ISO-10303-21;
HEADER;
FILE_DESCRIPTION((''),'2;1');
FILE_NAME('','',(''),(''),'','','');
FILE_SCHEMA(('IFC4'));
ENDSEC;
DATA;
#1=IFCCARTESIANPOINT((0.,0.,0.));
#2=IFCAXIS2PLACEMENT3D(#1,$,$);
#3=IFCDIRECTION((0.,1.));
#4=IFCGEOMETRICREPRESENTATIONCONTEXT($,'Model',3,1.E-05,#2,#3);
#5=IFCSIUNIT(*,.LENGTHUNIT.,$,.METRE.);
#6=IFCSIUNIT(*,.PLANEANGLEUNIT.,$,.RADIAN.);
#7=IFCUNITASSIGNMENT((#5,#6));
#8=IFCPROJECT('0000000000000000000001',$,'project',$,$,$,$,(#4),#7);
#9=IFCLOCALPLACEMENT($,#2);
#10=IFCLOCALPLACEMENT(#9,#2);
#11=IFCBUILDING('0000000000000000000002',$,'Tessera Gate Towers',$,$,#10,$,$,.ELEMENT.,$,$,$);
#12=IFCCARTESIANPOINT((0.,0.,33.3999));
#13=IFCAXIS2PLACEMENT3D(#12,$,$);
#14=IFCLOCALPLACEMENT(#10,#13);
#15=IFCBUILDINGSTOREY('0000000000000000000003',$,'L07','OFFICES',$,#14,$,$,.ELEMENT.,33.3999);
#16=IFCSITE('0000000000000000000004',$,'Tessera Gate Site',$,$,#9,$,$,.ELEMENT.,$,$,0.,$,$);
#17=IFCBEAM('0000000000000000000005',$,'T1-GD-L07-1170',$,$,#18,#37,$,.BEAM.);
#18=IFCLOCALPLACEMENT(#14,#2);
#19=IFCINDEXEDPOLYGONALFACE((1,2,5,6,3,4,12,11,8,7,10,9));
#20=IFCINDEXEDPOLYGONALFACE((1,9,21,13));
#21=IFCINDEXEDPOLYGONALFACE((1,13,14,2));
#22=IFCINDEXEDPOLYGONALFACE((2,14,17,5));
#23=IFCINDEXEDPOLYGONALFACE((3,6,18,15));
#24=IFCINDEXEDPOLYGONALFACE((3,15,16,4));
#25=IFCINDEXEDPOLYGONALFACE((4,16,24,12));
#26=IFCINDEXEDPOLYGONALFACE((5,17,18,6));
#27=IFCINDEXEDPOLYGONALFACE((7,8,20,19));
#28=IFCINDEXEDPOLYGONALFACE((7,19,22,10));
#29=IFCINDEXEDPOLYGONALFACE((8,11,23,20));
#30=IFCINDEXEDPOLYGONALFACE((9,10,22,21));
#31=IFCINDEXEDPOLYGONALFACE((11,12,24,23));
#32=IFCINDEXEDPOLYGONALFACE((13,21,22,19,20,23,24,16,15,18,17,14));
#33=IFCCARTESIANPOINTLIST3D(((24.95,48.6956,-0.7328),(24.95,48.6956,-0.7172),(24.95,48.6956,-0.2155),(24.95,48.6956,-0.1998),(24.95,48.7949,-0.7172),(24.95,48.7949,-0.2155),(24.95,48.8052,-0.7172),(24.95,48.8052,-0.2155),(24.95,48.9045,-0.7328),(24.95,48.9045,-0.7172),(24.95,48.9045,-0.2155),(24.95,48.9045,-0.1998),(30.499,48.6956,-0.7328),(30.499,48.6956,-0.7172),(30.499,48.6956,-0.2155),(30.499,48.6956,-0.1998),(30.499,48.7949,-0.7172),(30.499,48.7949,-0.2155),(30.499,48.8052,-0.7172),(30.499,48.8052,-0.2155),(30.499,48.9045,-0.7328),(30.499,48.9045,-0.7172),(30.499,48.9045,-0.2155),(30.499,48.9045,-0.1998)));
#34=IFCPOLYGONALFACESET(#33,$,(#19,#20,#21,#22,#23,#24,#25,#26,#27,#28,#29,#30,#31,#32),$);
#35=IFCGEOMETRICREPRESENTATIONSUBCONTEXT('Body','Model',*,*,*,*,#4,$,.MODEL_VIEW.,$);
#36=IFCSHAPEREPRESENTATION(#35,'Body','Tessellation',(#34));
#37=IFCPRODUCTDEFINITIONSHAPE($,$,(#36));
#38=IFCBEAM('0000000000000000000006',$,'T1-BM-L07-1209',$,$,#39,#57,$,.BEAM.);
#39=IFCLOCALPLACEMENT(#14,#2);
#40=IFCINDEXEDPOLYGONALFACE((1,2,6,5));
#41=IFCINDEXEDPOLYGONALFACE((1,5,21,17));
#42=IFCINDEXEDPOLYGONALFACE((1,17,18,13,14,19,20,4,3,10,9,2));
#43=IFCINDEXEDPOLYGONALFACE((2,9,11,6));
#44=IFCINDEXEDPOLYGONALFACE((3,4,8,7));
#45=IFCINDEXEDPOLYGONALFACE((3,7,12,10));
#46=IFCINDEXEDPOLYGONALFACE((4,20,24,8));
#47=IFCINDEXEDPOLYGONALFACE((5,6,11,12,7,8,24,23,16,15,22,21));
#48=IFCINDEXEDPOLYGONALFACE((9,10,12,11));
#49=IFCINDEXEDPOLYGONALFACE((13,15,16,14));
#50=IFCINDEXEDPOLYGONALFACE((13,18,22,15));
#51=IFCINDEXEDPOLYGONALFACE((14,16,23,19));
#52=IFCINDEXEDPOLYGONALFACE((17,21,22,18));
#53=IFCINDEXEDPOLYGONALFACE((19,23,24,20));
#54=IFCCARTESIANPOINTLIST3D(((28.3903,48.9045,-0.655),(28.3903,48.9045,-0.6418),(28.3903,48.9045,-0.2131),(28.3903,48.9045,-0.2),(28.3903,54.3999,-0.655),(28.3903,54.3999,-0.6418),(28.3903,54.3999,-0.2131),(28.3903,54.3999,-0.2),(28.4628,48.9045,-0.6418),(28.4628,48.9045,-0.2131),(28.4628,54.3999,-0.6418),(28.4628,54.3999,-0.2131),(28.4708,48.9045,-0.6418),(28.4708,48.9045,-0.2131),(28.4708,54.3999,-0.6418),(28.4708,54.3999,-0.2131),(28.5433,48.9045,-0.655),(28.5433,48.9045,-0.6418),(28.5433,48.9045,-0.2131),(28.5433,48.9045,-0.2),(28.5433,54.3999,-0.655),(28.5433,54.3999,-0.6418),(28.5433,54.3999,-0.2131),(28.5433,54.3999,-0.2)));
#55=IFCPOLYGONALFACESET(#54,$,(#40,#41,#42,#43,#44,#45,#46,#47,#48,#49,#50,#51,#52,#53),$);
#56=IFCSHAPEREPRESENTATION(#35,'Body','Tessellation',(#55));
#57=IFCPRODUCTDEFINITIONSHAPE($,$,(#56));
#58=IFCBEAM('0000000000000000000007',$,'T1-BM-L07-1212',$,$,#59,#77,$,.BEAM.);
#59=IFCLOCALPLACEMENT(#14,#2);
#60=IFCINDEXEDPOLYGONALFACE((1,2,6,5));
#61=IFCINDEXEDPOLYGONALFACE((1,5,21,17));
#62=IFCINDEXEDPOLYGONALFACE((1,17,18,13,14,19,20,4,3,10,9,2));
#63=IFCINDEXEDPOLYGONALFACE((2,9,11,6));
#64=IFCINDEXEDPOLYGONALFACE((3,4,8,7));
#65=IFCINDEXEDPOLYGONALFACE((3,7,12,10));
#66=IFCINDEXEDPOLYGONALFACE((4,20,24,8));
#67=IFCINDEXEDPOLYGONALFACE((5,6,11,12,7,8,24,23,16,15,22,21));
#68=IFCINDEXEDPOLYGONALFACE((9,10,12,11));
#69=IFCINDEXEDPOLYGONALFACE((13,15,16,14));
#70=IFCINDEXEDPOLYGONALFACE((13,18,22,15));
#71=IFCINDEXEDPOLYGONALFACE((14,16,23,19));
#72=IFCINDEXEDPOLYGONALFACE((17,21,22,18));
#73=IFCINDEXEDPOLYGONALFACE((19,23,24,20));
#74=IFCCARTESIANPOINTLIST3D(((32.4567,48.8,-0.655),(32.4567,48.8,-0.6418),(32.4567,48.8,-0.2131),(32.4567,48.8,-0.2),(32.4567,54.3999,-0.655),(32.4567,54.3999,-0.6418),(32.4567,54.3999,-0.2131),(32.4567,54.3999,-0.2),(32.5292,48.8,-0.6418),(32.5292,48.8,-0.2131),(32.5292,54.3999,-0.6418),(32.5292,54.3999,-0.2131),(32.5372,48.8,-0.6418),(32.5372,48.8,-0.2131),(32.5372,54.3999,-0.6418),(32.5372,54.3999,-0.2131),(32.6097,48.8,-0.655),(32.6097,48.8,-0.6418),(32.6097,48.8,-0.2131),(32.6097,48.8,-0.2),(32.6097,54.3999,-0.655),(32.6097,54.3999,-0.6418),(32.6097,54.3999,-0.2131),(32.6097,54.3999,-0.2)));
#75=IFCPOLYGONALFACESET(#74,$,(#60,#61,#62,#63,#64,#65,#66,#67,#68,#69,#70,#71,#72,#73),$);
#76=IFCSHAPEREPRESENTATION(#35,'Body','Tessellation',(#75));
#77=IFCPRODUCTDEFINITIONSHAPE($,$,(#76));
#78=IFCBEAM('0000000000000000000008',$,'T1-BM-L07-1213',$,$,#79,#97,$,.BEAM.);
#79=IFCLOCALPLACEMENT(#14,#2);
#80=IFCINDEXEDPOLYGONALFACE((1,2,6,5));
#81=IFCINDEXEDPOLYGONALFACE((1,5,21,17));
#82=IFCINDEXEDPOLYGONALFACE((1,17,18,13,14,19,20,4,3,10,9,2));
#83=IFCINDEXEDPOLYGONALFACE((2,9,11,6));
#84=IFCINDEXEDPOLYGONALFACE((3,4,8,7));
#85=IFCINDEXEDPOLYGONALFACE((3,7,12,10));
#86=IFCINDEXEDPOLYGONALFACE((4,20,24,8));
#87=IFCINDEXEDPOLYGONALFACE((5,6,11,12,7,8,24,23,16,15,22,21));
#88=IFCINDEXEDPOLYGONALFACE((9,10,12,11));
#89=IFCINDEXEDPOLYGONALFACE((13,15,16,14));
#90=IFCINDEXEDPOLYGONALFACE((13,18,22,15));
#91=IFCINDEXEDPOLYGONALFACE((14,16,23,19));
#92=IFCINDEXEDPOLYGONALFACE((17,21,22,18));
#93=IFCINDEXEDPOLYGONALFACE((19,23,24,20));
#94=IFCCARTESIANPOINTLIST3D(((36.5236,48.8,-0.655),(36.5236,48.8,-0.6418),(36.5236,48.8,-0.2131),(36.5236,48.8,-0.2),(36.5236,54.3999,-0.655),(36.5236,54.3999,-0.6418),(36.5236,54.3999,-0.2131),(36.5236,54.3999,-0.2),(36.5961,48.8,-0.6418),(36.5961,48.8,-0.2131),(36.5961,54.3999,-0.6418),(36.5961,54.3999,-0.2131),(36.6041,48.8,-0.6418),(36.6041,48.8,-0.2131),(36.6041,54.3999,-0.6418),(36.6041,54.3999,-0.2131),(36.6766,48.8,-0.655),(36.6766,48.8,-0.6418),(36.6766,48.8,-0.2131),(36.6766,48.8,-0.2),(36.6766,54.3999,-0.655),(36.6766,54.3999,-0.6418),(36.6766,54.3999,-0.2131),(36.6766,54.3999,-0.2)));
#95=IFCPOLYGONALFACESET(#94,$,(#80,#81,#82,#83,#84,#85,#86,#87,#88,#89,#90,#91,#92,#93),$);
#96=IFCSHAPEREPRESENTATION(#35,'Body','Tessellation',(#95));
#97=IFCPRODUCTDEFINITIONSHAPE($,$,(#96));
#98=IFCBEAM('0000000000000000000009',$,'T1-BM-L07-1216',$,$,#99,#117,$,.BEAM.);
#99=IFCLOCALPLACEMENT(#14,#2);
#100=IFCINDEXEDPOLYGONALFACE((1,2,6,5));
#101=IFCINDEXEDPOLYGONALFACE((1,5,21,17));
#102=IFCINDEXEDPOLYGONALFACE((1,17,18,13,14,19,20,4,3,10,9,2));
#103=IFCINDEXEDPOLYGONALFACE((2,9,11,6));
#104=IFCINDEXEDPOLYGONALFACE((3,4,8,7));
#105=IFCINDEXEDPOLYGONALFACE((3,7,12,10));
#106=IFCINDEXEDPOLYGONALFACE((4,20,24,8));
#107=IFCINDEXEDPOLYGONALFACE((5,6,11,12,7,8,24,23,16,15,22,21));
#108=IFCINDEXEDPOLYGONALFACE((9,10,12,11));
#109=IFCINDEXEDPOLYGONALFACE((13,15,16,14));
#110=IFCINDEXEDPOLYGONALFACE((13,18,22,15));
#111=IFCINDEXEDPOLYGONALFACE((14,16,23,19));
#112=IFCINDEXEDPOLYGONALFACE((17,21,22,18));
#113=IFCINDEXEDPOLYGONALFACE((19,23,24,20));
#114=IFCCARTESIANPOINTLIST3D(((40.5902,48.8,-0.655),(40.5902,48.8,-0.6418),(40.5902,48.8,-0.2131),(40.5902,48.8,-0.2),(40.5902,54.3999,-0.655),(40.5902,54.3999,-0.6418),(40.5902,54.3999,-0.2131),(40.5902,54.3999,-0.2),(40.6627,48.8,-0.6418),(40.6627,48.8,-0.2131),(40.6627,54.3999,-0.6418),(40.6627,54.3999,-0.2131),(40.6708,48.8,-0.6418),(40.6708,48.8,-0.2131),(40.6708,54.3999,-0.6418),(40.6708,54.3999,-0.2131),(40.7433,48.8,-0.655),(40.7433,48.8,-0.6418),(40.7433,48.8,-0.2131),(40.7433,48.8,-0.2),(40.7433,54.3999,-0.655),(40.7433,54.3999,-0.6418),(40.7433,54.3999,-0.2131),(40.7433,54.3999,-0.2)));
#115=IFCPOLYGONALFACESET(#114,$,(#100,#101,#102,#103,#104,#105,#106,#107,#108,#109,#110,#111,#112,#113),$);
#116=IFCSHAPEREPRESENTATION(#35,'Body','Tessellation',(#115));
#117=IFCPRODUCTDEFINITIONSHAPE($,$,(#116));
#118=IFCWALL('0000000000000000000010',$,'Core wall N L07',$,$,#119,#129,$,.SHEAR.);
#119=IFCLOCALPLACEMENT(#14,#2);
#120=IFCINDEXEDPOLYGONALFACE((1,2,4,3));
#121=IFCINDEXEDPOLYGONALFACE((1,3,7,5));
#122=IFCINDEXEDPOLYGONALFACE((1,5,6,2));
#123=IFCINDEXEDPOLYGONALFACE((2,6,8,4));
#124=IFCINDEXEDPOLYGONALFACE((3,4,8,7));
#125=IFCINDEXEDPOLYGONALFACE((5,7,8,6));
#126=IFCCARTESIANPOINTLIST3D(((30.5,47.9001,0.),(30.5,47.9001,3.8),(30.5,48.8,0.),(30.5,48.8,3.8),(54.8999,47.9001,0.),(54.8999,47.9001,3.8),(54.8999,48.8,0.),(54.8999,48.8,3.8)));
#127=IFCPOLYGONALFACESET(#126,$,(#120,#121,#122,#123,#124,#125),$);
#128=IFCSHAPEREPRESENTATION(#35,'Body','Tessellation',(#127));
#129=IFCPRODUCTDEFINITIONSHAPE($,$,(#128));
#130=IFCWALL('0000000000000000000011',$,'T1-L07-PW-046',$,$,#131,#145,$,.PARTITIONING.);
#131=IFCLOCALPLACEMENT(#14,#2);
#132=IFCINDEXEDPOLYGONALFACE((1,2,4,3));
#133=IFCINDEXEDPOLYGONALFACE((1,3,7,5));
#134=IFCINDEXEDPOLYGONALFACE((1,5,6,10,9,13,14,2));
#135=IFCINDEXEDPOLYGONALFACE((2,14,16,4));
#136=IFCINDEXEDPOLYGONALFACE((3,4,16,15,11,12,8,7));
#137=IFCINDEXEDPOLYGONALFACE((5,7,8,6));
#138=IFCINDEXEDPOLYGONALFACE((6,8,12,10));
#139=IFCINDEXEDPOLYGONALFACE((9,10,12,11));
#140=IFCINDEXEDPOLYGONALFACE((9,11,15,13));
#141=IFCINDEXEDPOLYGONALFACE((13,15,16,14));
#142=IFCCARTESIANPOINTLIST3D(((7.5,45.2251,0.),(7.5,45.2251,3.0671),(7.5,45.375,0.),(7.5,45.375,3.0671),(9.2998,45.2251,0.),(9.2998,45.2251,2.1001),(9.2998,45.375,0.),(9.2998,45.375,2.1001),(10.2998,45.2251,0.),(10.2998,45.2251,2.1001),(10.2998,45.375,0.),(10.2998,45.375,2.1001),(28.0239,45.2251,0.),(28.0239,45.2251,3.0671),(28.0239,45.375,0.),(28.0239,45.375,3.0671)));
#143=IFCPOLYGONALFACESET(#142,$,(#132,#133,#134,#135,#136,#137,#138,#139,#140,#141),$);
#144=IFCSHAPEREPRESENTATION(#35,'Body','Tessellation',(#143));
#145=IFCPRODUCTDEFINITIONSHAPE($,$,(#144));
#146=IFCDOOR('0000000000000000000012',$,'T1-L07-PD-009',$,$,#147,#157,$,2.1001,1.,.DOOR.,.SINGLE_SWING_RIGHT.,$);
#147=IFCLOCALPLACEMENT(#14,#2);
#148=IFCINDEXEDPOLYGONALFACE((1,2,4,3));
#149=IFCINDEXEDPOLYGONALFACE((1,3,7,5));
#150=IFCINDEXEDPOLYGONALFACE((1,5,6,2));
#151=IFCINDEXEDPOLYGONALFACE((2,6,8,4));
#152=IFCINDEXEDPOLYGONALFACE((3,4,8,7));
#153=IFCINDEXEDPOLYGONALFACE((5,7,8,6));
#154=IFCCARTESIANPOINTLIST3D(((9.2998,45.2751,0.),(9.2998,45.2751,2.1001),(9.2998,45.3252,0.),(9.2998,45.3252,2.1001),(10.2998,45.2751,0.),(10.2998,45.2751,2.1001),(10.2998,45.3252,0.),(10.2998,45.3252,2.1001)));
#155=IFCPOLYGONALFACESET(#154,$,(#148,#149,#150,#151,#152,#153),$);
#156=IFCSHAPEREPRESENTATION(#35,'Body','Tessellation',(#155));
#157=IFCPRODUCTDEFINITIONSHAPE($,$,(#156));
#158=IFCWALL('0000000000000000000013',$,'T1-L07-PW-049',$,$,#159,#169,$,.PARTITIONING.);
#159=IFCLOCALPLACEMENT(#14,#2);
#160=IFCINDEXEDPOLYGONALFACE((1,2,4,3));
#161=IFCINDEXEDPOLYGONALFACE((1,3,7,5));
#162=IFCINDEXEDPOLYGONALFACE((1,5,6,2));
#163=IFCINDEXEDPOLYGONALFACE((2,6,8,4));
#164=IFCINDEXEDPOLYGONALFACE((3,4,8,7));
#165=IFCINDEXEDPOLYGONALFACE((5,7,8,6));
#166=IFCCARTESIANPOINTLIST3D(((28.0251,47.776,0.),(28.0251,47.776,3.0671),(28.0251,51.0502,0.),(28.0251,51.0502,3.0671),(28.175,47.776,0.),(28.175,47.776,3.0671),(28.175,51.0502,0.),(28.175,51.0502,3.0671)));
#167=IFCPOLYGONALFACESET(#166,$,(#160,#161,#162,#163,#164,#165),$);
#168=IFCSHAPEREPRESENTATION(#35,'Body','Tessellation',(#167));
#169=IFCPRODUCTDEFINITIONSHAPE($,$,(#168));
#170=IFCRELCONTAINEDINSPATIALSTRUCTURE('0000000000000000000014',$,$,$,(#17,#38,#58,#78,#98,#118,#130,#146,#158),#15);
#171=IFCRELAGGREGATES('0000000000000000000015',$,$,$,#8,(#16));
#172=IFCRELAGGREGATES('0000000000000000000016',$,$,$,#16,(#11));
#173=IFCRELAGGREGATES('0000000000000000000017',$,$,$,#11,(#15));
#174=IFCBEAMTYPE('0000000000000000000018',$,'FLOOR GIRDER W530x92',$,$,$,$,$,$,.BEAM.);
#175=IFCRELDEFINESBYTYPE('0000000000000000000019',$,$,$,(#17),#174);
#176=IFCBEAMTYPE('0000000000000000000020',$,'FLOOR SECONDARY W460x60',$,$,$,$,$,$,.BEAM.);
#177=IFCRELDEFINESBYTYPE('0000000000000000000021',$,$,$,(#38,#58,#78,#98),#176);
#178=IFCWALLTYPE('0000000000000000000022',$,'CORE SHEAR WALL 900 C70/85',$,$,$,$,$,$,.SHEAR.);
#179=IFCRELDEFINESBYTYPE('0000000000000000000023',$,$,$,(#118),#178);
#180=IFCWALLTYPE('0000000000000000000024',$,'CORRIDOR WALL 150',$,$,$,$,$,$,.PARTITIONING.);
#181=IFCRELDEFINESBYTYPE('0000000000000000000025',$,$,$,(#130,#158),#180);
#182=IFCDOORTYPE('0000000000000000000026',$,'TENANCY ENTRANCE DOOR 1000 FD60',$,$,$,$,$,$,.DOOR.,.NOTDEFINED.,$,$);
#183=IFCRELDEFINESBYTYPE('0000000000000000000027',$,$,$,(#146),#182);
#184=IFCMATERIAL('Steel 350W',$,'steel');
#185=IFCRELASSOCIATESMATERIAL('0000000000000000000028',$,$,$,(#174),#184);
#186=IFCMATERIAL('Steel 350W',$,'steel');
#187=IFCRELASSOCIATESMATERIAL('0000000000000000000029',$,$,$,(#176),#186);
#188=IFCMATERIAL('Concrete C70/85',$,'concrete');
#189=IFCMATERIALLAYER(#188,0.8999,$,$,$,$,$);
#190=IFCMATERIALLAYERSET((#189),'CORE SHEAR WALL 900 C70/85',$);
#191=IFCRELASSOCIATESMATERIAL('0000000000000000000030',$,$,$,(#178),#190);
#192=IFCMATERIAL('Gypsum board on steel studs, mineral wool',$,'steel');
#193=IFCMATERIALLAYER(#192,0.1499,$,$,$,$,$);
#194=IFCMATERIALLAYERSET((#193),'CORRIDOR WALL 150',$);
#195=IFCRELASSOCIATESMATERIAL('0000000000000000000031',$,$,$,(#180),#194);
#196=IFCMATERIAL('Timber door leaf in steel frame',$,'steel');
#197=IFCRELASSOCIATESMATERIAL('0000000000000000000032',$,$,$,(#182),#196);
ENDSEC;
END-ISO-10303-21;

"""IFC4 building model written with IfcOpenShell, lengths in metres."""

from ifc_helpers import new_model, si_unit, direction, frame, frame_2d, origin, origin_2d, place, context, subcontext, project, spatial, rectangle, i_section, extrude, source, transform, mapped, material, layer, layer_set, material_profile, profile_set, type_object, element, fill, save


model = new_model("IFC4")

# Units and contexts
model_context = context("Model", 3, precision=1e-05, world=origin(), true_north=direction((0.0, 1.0)))
body_context = subcontext(model_context, "Body", "Model", "MODEL_VIEW")
ifc_project = project(units=[si_unit("LENGTHUNIT", "METRE"), si_unit("PLANEANGLEUNIT", "RADIAN")], contexts=[model_context])

# Site, building, storey
site_placement = place(None, origin())
site = spatial("IfcSite", under=ifc_project, at=site_placement, Name="Tessera Gate Site", CompositionType="ELEMENT", RefElevation=0.0)
building_placement = place(site_placement, origin())
building = spatial("IfcBuilding", under=site, at=building_placement, Name="Tessera Gate Towers", CompositionType="ELEMENT")
storey_placement = place(building_placement, frame((0.0, 0.0, 33.3999)))
storey = spatial("IfcBuildingStorey", under=building, at=storey_placement, Name="L07", Description="OFFICES", CompositionType="ELEMENT", Elevation=33.3999)

# Beams
ifc_material_1 = material(Name="Steel 350W", Category="steel")
ifc_material_profile_1 = material_profile(ifc_material_1, i_section(OverallWidth=0.209, OverallDepth=0.533, WebThickness=0.0103, FlangeThickness=0.0156, at=origin_2d()), Name="W530x92")
ifc_profile_set_1 = profile_set([ifc_material_profile_1], Name="Steel 350W")
beam_type_1 = type_object("IfcBeamType", Name="FLOOR GIRDER W530x92", PredefinedType="BEAM", material=ifc_profile_set_1)
beam_1_placement = place(storey_placement, frame((24.95, 48.8, -0.4663), z_axis=(1.0, 0.0, 0.0), x_axis=(0.0, 1.0, 0.0)))
element("IfcBeam", 1, at=beam_1_placement, inside=storey, type_object=beam_type_1, Name="T1-GD-L07-1170", PredefinedType="BEAM", context=body_context, shape_type="SweptSolid", body=[
    extrude(i_section(OverallWidth=0.209, OverallDepth=0.533, WebThickness=0.0103, FlangeThickness=0.0156, at=origin_2d()), origin(), (0.0, 0.0, 1.0), 5.5491),
])
ifc_material_2 = material(Name="Steel 350W", Category="steel")
ifc_material_profile_2 = material_profile(ifc_material_2, i_section(OverallWidth=0.1531, OverallDepth=0.4551, WebThickness=0.0081, FlangeThickness=0.0132, at=origin_2d()), Name="W460x60")
ifc_profile_set_2 = profile_set([ifc_material_profile_2], Name="Steel 350W")
beam_type_2 = type_object("IfcBeamType", Name="FLOOR SECONDARY W460x60", PredefinedType="BEAM", material=ifc_profile_set_2)
beam_2_placement = place(storey_placement, frame((28.4668, 48.9045, -0.4275), z_axis=(0.0, 1.0, 0.0), x_axis=(-1.0, 0.0, 0.0)))
element("IfcBeam", 2, at=beam_2_placement, inside=storey, type_object=beam_type_2, Name="T1-BM-L07-1209", PredefinedType="BEAM", context=body_context, shape_type="SweptSolid", body=[
    extrude(i_section(OverallWidth=0.1531, OverallDepth=0.4551, WebThickness=0.0081, FlangeThickness=0.0132, at=origin_2d()), origin(), (0.0, 0.0, 1.0), 5.4954),
])
for number, where, z_axis, x_axis, name in (
    (3, (32.5332, 48.8, -0.4275), (0.0, 1.0, 0.0), (-1.0, 0.0, 0.0), "T1-BM-L07-1212"),
    (4, (36.6001, 48.8, -0.4275), (0.0, 1.0, 0.0), (-1.0, 0.0, 0.0), "T1-BM-L07-1213"),
    (5, (40.6667, 48.8, -0.4275), (0.0, 1.0, 0.0), (-1.0, 0.0, 0.0), "T1-BM-L07-1216"),
):
    element("IfcBeam", number, at=place(storey_placement, frame(where, z_axis=z_axis, x_axis=x_axis)), inside=storey, type_object=beam_type_2, Name=name, PredefinedType="BEAM", context=body_context, shape_type="SweptSolid", body=[
        extrude(i_section(OverallWidth=0.1531, OverallDepth=0.4551, WebThickness=0.0081, FlangeThickness=0.0132, at=origin_2d()), origin(), (0.0, 0.0, 1.0), 5.5999),
    ])

# Wall
ifc_material_3 = material(Name="Concrete C70/85", Category="concrete")
ifc_layer_1 = layer(ifc_material_3, 0.8999)
ifc_layer_set_1 = layer_set([ifc_layer_1], Name="CORE SHEAR WALL 900 C70/85")
wall_type_1 = type_object("IfcWallType", Name="CORE SHEAR WALL 900 C70/85", PredefinedType="SHEAR", material=ifc_layer_set_1)
wall_1_placement = place(storey_placement, frame((30.5, 48.3501, 0.0), z_axis=(0.0, 0.0, 1.0), x_axis=(1.0, 0.0, 0.0)))
element("IfcWall", 6, at=wall_1_placement, inside=storey, type_object=wall_type_1, Name="Core wall N L07", PredefinedType="SHEAR", context=body_context, shape_type="SweptSolid", body=[
    extrude(rectangle(XDim=24.3999, YDim=0.8999, at=frame_2d((12.2, 0.0))), origin(), (0.0, 0.0, 1.0), 3.8),
])

# Wall, opening, door
ifc_material_4 = material(Name="Gypsum board on steel studs, mineral wool", Category="steel")
ifc_layer_2 = layer(ifc_material_4, 0.1499)
ifc_layer_set_2 = layer_set([ifc_layer_2], Name="CORRIDOR WALL 150")
wall_type_2 = type_object("IfcWallType", Name="CORRIDOR WALL 150", PredefinedType="PARTITIONING", material=ifc_layer_set_2)
wall_2_placement = place(storey_placement, frame((28.0239, 45.3, 0.0), z_axis=(0.0, 0.0, 1.0), x_axis=(-1.0, 0.0, 0.0)))
wall_2 = element("IfcWall", 7, at=wall_2_placement, inside=storey, type_object=wall_type_2, Name="T1-L07-PW-046", PredefinedType="PARTITIONING", context=body_context, shape_type="SweptSolid", body=[
    extrude(rectangle(XDim=20.5239, YDim=0.1499, at=frame_2d((10.262, 0.0))), origin(), (0.0, 0.0, 1.0), 3.0671),
])
shared_shape_1 = source(origin(), body_context, "Body", "SweptSolid", [
    extrude(rectangle(XDim=1.0, YDim=2.1001, at=frame_2d((0.5, 1.05))), frame((0.0, 0.085, 0.0), z_axis=(0.0, -1.0, 0.0), x_axis=(1.0, 0.0, 0.0)), (0.0, 0.0, 1.0), 0.1699),
])
opening_1_placement = place(wall_2_placement, frame((17.7241, 0.0, 0.0)))
opening_1 = element("IfcOpeningElement", 8, at=opening_1_placement, cuts=wall_2, PredefinedType="OPENING", context=body_context, shape_type="MappedRepresentation", body=[
    mapped(shared_shape_1, transform((0.0, 0.0, 0.0), scale=1.0)),
])
ifc_material_5 = material(Name="Timber door leaf in steel frame", Category="steel")
door_type_1 = type_object("IfcDoorType", Name="TENANCY ENTRANCE DOOR 1000 FD60", OperationType="NOTDEFINED", PredefinedType="DOOR", material=ifc_material_5)
shared_shape_2 = source(origin(), body_context, "Body", "SweptSolid", [
    extrude(rectangle(XDim=1.0, YDim=2.1001, at=frame_2d((0.5, 1.05))), frame((0.0, 0.0249, 0.0), z_axis=(0.0, -1.0, 0.0), x_axis=(1.0, 0.0, 0.0)), (0.0, 0.0, 1.0), 0.05),
])
door_1_placement = place(opening_1_placement, origin())
door_1 = element("IfcDoor", 9, at=door_1_placement, inside=storey, type_object=door_type_1, Name="T1-L07-PD-009", OperationType="SINGLE_SWING_RIGHT", OverallHeight=2.1001, OverallWidth=1.0, PredefinedType="DOOR", context=body_context, shape_type="MappedRepresentation", body=[
    mapped(shared_shape_2, transform((0.0, 0.0, 0.0), scale=1.0)),
])
fill(opening_1, door_1)

# Wall
wall_3_placement = place(storey_placement, frame((28.1001, 47.7759, 0.0), z_axis=(0.0, 0.0, 1.0), x_axis=(0.0, 1.0, 0.0)))
element("IfcWall", 10, at=wall_3_placement, inside=storey, type_object=wall_type_2, Name="T1-L07-PW-049", PredefinedType="PARTITIONING", context=body_context, shape_type="SweptSolid", body=[
    extrude(rectangle(XDim=3.2742, YDim=0.1499, at=frame_2d((1.6372, 0.0))), origin(), (0.0, 0.0, 1.0), 3.0671),
])

save(model, "model.ifc")
